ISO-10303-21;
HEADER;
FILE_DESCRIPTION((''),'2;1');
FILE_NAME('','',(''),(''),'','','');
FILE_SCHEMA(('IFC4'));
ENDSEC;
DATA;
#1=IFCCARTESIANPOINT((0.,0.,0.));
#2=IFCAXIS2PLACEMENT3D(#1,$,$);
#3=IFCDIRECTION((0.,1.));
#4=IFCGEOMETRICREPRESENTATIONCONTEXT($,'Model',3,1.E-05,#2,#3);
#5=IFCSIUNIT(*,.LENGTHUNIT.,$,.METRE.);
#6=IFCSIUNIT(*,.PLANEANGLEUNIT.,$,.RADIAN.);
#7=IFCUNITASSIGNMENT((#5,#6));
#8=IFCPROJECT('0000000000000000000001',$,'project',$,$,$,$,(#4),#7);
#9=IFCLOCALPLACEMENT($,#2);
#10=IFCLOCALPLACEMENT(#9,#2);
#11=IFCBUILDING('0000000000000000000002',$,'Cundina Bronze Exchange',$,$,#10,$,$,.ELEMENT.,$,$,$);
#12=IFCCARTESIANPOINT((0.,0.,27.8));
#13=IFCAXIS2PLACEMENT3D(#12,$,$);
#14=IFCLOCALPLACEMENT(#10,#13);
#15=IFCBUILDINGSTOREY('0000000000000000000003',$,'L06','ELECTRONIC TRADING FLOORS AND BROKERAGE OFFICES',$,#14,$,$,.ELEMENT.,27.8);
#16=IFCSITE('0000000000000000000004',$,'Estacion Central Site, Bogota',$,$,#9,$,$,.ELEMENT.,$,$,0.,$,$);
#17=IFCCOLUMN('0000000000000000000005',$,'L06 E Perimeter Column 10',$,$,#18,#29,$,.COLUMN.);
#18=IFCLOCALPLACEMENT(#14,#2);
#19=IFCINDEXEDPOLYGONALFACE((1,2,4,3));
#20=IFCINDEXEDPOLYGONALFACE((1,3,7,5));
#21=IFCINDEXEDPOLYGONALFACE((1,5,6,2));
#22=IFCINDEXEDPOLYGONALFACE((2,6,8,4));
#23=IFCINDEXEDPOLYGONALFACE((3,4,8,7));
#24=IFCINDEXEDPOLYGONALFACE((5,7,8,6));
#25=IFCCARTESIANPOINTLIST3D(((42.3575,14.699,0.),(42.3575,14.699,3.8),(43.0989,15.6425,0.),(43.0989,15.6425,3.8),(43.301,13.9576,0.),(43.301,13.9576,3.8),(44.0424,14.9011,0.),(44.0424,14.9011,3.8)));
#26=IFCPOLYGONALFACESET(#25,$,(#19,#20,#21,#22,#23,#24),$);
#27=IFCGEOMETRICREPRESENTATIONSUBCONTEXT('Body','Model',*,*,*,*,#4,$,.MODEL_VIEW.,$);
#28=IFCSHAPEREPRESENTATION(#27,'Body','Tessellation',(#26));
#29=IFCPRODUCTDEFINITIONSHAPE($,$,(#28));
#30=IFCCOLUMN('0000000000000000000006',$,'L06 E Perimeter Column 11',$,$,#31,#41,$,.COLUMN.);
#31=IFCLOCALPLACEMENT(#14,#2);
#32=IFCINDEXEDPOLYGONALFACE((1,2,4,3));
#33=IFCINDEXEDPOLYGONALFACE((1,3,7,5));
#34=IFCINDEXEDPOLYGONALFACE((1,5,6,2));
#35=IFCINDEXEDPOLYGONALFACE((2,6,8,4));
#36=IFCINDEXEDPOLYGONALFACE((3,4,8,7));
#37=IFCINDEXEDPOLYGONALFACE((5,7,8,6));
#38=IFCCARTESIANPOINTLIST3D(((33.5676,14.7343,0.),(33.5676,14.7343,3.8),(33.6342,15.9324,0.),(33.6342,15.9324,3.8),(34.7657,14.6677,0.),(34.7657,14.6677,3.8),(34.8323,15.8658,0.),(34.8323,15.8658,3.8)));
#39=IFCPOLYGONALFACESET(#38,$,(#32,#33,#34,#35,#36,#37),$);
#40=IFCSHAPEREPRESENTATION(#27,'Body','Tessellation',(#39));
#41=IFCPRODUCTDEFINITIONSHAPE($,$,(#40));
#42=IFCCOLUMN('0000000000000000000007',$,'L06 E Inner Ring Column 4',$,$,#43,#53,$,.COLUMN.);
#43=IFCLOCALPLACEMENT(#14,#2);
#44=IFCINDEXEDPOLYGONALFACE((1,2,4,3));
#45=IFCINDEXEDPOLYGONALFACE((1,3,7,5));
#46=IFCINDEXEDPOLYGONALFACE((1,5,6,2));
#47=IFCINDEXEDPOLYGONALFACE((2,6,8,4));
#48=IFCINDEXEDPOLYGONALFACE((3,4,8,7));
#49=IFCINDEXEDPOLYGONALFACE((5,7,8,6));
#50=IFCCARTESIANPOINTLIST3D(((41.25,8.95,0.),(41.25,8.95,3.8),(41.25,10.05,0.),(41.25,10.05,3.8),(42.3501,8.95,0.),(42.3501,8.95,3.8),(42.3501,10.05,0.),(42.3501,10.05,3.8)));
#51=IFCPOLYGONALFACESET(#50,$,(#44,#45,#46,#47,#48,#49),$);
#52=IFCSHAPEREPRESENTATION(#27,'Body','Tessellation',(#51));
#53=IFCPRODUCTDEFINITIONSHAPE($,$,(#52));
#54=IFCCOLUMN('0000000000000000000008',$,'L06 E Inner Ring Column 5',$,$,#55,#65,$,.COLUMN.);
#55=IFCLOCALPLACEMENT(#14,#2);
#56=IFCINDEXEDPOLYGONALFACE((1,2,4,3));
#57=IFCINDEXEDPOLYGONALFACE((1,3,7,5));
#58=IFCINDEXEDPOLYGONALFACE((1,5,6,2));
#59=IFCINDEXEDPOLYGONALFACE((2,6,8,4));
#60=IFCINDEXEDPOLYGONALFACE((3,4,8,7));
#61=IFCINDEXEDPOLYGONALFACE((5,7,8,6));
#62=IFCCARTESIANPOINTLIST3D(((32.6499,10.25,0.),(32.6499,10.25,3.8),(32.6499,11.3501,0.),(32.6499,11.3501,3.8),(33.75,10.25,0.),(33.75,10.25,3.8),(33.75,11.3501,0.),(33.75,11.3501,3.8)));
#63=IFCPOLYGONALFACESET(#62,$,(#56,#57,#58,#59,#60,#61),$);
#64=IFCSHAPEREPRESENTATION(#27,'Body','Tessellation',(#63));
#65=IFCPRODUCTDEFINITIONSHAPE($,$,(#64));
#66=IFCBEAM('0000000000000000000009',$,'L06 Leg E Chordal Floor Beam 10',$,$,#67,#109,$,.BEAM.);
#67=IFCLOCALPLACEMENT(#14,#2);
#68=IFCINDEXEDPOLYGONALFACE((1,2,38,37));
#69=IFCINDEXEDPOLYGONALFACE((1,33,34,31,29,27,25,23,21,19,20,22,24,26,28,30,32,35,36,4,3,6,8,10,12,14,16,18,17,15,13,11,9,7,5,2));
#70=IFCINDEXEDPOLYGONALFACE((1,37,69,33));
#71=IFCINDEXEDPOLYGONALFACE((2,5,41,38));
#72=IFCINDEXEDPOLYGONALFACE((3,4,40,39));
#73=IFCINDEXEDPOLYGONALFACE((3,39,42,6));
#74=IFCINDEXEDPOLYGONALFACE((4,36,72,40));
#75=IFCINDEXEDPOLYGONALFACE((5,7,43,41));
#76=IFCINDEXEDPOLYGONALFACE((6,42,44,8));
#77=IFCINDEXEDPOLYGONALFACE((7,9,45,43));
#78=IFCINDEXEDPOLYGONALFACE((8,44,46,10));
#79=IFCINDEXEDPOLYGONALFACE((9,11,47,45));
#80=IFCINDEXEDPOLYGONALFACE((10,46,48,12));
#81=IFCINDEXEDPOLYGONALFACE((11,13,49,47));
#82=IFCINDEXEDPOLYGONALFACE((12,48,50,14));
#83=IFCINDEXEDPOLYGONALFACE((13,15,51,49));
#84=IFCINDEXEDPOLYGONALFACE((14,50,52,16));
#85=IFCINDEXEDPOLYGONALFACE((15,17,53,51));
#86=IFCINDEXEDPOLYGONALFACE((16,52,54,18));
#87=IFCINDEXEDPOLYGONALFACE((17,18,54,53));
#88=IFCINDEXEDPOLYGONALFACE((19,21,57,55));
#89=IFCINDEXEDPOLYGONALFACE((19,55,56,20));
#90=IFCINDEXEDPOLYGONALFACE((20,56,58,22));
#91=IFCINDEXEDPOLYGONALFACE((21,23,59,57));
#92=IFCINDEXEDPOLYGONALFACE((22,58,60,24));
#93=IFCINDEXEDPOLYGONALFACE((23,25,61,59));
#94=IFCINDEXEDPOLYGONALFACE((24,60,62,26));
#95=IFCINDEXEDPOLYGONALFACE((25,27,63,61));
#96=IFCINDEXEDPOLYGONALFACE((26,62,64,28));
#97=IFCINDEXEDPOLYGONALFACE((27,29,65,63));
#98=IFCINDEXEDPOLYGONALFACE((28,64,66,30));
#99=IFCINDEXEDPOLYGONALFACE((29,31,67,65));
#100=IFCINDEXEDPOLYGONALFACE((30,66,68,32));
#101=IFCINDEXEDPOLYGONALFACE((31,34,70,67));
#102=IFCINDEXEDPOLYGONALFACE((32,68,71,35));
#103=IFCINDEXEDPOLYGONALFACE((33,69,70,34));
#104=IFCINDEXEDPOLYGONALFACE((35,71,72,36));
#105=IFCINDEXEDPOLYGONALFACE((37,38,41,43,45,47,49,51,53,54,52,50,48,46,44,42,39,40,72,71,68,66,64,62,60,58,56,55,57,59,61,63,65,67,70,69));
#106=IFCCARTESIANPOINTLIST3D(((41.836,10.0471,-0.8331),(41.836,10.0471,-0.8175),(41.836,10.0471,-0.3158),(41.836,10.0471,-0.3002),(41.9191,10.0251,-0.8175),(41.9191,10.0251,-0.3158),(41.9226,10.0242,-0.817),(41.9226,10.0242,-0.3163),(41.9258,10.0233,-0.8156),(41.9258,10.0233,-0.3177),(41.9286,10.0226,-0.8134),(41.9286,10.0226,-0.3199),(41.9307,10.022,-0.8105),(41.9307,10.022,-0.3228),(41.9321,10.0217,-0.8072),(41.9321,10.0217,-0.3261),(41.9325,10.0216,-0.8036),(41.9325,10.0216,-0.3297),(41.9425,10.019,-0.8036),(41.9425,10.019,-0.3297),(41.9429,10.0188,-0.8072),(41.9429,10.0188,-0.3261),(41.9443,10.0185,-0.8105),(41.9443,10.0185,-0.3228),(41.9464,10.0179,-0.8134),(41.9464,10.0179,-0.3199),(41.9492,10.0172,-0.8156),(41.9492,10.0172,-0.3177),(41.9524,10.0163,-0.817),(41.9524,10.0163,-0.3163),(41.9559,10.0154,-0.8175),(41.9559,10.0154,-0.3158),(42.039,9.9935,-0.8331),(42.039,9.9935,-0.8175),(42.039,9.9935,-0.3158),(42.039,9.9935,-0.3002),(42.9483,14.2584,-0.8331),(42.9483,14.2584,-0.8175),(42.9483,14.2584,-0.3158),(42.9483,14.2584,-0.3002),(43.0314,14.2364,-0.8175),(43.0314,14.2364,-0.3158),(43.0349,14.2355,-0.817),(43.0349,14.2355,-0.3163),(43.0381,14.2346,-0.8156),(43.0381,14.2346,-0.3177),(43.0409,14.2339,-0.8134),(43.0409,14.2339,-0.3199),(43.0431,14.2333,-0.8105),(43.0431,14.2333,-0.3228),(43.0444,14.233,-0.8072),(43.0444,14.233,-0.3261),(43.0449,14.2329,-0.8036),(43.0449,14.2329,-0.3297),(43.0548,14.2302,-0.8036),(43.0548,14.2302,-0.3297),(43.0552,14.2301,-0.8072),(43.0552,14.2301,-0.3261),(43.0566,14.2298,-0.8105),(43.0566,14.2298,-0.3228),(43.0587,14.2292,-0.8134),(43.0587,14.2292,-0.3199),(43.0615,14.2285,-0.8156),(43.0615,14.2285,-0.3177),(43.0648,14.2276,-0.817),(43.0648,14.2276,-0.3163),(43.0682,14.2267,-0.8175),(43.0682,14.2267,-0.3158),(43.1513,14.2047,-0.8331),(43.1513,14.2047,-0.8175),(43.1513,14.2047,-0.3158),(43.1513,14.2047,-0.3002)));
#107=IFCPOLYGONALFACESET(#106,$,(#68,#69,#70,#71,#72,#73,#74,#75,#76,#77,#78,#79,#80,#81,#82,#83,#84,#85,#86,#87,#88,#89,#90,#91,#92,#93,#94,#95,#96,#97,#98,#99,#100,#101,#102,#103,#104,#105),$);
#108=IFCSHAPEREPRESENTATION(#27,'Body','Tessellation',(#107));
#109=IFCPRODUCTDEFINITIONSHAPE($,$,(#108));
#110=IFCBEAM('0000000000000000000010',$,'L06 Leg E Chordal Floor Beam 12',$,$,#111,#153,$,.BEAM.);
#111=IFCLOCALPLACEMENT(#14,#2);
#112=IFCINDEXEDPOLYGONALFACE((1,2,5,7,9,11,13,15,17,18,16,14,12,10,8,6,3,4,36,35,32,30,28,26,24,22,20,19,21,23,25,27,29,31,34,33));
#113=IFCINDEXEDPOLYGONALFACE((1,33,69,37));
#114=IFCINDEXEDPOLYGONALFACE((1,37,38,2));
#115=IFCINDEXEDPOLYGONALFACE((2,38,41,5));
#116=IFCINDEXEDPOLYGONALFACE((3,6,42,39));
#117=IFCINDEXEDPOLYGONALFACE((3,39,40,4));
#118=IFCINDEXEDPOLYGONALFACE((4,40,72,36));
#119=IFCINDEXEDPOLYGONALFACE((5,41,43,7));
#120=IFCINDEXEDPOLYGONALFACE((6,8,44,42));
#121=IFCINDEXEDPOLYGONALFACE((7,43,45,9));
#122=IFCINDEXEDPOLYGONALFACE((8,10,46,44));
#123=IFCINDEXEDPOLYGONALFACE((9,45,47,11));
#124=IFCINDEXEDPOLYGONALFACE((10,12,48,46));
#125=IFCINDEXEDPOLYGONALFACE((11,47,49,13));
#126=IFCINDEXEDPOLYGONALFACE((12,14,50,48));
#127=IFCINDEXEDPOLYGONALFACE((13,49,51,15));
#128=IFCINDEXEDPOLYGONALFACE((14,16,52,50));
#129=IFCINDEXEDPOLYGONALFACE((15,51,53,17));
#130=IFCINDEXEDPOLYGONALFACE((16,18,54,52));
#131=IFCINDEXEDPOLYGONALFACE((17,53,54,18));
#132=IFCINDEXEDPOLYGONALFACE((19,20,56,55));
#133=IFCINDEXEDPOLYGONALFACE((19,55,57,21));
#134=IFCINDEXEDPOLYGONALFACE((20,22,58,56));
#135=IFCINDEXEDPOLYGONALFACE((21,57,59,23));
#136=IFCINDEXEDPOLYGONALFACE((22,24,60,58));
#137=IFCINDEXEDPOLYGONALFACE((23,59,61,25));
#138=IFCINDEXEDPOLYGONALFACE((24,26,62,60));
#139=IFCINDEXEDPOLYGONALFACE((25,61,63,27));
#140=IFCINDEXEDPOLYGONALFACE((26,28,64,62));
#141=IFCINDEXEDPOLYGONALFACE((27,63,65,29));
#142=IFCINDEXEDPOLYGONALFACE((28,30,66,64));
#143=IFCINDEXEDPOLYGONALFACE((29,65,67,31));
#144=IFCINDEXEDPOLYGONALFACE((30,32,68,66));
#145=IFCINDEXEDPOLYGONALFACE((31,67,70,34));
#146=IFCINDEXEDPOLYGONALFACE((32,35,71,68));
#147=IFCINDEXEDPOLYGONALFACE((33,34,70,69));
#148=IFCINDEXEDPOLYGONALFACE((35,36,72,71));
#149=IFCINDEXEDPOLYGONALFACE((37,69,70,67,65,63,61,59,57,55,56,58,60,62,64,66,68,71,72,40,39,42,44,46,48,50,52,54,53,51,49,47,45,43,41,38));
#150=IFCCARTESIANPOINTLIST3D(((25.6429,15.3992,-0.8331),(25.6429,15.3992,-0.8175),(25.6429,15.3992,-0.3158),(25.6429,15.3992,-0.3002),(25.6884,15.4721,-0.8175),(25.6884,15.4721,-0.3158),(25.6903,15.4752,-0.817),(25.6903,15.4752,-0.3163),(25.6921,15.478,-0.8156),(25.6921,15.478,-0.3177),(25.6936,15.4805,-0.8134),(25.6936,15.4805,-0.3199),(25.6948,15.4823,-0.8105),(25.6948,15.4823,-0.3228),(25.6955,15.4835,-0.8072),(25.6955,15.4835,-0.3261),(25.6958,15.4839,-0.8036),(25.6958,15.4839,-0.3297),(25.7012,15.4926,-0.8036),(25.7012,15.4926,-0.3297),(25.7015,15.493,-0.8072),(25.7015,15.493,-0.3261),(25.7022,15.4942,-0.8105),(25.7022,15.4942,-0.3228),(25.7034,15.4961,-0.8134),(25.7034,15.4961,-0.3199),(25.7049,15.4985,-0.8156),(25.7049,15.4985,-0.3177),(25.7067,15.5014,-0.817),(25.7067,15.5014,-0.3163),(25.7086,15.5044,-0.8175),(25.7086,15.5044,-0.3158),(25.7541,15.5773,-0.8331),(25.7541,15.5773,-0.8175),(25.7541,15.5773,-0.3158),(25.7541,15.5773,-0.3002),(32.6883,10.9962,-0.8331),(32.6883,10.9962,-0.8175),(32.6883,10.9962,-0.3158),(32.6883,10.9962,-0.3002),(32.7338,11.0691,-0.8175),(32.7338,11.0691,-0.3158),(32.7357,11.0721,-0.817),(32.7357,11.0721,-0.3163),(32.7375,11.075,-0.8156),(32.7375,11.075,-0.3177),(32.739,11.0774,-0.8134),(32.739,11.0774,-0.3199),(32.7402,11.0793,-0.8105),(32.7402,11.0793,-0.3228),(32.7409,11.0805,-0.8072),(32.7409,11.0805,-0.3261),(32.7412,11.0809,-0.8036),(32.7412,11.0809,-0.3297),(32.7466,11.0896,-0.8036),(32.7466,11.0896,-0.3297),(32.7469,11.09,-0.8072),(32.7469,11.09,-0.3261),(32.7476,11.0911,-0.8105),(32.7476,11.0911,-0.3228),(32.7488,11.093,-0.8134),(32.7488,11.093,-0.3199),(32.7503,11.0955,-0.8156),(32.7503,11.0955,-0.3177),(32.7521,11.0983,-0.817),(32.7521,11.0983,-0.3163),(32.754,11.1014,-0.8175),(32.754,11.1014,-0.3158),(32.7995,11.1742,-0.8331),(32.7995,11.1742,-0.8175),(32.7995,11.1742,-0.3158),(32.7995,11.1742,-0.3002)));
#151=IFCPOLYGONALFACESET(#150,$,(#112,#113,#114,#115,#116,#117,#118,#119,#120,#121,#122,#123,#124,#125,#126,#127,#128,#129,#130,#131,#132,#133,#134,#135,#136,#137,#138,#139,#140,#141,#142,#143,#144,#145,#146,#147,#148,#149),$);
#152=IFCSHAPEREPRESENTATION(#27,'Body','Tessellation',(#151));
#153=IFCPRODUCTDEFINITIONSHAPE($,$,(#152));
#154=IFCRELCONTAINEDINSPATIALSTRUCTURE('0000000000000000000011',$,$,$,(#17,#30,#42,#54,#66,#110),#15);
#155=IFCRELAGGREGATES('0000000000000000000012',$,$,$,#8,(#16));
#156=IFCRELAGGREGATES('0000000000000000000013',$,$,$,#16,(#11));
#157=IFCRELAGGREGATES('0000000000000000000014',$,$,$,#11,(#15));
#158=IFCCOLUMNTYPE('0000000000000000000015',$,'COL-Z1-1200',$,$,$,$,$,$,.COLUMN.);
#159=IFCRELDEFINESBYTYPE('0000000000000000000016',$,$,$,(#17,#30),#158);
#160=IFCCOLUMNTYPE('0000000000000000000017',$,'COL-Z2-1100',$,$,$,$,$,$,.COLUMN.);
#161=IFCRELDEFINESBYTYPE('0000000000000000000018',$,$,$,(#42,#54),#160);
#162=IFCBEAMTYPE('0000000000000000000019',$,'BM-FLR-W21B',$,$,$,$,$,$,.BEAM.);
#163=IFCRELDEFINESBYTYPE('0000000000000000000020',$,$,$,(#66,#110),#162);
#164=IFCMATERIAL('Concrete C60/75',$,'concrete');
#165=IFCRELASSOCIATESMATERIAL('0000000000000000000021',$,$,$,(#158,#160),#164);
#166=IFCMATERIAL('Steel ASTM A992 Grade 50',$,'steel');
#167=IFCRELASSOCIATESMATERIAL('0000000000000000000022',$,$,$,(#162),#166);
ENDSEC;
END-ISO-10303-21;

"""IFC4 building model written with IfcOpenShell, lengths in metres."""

from ifc_helpers import new_model, si_unit, direction, frame, origin, origin_2d, place, context, subcontext, project, spatial, rectangle, i_section, extrude, material, material_profile, profile_set, type_object, element, save


model = new_model("IFC4")

# Units and contexts
model_context = context("Model", 3, precision=1e-05, world=origin(), true_north=direction((0.0, 1.0)))
body_context = subcontext(model_context, "Body", "Model", "MODEL_VIEW")
ifc_project = project(units=[si_unit("LENGTHUNIT", "METRE"), si_unit("PLANEANGLEUNIT", "RADIAN")], contexts=[model_context])

# Site, building, storey
site_placement = place(None, origin())
site = spatial("IfcSite", under=ifc_project, at=site_placement, Name="Estacion Central Site, Bogota", CompositionType="ELEMENT", RefElevation=0.0)
building_placement = place(site_placement, origin())
building = spatial("IfcBuilding", under=site, at=building_placement, Name="Cundina Bronze Exchange", CompositionType="ELEMENT")
storey_placement = place(building_placement, frame((0.0, 0.0, 27.8)))
storey = spatial("IfcBuildingStorey", under=building, at=storey_placement, Name="L06", Description="ELECTRONIC TRADING FLOORS AND BROKERAGE OFFICES", CompositionType="ELEMENT", Elevation=27.8)

# Columns
ifc_material_1 = material(Name="Concrete C60/75", Category="concrete")
ifc_material_profile_1 = material_profile(ifc_material_1, rectangle(XDim=1.2, YDim=1.2, at=origin_2d()), Name="RC1200X1200", Category="concrete")
ifc_profile_set_1 = profile_set([ifc_material_profile_1], Name="Concrete C60/75")
column_type_1 = type_object("IfcColumnType", Name="COL-Z1-1200", PredefinedType="COLUMN", material=ifc_profile_set_1)
for number, where, z_axis, x_axis, name in (
    (1, (43.2, 14.8, 0.0), (0.0, 0.0, 1.0), (-0.786288, 0.61786, 0.0), "L06 E Perimeter Column 10"),
    (2, (34.2, 15.3, 0.0), (0.0, 0.0, 1.0), (-0.99846, 0.055473, 0.0), "L06 E Perimeter Column 11"),
):
    element("IfcColumn", number, at=place(storey_placement, frame(where, z_axis=z_axis, x_axis=x_axis)), inside=storey, type_object=column_type_1, Name=name, PredefinedType="COLUMN", context=body_context, shape_type="SweptSolid", body=[
        extrude(rectangle(XDim=1.2, YDim=1.2, at=origin_2d()), origin(), (0.0, 0.0, 1.0), 3.8),
    ])
ifc_material_profile_2 = material_profile(ifc_material_1, rectangle(XDim=1.1001, YDim=1.1001, at=origin_2d()), Name="RC1100X1100", Category="concrete")
ifc_profile_set_2 = profile_set([ifc_material_profile_2], Name="Concrete C60/75")
column_type_2 = type_object("IfcColumnType", Name="COL-Z2-1100", PredefinedType="COLUMN", material=ifc_profile_set_2)
for number, where, z_axis, x_axis, name in (
    (3, (41.8, 9.5, 0.0), (0.0, 0.0, 1.0), (1.0, 0.0, 0.0), "L06 E Inner Ring Column 4"),
    (4, (33.2, 10.8, 0.0), (0.0, 0.0, 1.0), (1.0, 0.0, 0.0), "L06 E Inner Ring Column 5"),
):
    element("IfcColumn", number, at=place(storey_placement, frame(where, z_axis=z_axis, x_axis=x_axis)), inside=storey, type_object=column_type_2, Name=name, PredefinedType="COLUMN", context=body_context, shape_type="SweptSolid", body=[
        extrude(rectangle(XDim=1.1001, YDim=1.1001, at=origin_2d()), origin(), (0.0, 0.0, 1.0), 3.8),
    ])

# Beams
ifc_material_2 = material(Name="Steel ASTM A992 Grade 50", Category="steel")
ifc_material_profile_3 = material_profile(ifc_material_2, i_section(OverallWidth=0.21, OverallDepth=0.533, WebThickness=0.0103, FlangeThickness=0.0156, FilletRadius=0.0139, at=origin_2d()), Name="W21X62", Category="steel")
ifc_profile_set_3 = profile_set([ifc_material_profile_3], Name="Steel ASTM A992 Grade 50")
beam_type_1 = type_object("IfcBeamType", Name="BM-FLR-W21B", PredefinedType="BEAM", material=ifc_profile_set_3)
beam_1_placement = place(storey_placement, frame((41.9375, 10.0203, -0.5667), z_axis=(0.255373, 0.966843, 0.0), x_axis=(-0.966843, 0.255373, 0.0)))
element("IfcBeam", 5, at=beam_1_placement, inside=storey, type_object=beam_type_1, Name="L06 Leg E Chordal Floor Beam 10", PredefinedType="BEAM", context=body_context, shape_type="SweptSolid", body=[
    extrude(i_section(OverallWidth=0.21, OverallDepth=0.533, WebThickness=0.0103, FlangeThickness=0.0156, FilletRadius=0.0139, at=origin_2d()), origin(), (0.0, 0.0, 1.0), 4.3557),
])
beam_2_placement = place(storey_placement, frame((32.7439, 11.0852, -0.5667), z_axis=(-0.848015, 0.529973, 0.0), x_axis=(-0.529973, -0.848015, 0.0)))
element("IfcBeam", 6, at=beam_2_placement, inside=storey, type_object=beam_type_1, Name="L06 Leg E Chordal Floor Beam 12", PredefinedType="BEAM", context=body_context, shape_type="SweptSolid", body=[
    extrude(i_section(OverallWidth=0.21, OverallDepth=0.533, WebThickness=0.0103, FlangeThickness=0.0156, FilletRadius=0.0139, at=origin_2d()), origin(), (0.0, 0.0, 1.0), 8.3081),
])

save(model, "model.ifc")
